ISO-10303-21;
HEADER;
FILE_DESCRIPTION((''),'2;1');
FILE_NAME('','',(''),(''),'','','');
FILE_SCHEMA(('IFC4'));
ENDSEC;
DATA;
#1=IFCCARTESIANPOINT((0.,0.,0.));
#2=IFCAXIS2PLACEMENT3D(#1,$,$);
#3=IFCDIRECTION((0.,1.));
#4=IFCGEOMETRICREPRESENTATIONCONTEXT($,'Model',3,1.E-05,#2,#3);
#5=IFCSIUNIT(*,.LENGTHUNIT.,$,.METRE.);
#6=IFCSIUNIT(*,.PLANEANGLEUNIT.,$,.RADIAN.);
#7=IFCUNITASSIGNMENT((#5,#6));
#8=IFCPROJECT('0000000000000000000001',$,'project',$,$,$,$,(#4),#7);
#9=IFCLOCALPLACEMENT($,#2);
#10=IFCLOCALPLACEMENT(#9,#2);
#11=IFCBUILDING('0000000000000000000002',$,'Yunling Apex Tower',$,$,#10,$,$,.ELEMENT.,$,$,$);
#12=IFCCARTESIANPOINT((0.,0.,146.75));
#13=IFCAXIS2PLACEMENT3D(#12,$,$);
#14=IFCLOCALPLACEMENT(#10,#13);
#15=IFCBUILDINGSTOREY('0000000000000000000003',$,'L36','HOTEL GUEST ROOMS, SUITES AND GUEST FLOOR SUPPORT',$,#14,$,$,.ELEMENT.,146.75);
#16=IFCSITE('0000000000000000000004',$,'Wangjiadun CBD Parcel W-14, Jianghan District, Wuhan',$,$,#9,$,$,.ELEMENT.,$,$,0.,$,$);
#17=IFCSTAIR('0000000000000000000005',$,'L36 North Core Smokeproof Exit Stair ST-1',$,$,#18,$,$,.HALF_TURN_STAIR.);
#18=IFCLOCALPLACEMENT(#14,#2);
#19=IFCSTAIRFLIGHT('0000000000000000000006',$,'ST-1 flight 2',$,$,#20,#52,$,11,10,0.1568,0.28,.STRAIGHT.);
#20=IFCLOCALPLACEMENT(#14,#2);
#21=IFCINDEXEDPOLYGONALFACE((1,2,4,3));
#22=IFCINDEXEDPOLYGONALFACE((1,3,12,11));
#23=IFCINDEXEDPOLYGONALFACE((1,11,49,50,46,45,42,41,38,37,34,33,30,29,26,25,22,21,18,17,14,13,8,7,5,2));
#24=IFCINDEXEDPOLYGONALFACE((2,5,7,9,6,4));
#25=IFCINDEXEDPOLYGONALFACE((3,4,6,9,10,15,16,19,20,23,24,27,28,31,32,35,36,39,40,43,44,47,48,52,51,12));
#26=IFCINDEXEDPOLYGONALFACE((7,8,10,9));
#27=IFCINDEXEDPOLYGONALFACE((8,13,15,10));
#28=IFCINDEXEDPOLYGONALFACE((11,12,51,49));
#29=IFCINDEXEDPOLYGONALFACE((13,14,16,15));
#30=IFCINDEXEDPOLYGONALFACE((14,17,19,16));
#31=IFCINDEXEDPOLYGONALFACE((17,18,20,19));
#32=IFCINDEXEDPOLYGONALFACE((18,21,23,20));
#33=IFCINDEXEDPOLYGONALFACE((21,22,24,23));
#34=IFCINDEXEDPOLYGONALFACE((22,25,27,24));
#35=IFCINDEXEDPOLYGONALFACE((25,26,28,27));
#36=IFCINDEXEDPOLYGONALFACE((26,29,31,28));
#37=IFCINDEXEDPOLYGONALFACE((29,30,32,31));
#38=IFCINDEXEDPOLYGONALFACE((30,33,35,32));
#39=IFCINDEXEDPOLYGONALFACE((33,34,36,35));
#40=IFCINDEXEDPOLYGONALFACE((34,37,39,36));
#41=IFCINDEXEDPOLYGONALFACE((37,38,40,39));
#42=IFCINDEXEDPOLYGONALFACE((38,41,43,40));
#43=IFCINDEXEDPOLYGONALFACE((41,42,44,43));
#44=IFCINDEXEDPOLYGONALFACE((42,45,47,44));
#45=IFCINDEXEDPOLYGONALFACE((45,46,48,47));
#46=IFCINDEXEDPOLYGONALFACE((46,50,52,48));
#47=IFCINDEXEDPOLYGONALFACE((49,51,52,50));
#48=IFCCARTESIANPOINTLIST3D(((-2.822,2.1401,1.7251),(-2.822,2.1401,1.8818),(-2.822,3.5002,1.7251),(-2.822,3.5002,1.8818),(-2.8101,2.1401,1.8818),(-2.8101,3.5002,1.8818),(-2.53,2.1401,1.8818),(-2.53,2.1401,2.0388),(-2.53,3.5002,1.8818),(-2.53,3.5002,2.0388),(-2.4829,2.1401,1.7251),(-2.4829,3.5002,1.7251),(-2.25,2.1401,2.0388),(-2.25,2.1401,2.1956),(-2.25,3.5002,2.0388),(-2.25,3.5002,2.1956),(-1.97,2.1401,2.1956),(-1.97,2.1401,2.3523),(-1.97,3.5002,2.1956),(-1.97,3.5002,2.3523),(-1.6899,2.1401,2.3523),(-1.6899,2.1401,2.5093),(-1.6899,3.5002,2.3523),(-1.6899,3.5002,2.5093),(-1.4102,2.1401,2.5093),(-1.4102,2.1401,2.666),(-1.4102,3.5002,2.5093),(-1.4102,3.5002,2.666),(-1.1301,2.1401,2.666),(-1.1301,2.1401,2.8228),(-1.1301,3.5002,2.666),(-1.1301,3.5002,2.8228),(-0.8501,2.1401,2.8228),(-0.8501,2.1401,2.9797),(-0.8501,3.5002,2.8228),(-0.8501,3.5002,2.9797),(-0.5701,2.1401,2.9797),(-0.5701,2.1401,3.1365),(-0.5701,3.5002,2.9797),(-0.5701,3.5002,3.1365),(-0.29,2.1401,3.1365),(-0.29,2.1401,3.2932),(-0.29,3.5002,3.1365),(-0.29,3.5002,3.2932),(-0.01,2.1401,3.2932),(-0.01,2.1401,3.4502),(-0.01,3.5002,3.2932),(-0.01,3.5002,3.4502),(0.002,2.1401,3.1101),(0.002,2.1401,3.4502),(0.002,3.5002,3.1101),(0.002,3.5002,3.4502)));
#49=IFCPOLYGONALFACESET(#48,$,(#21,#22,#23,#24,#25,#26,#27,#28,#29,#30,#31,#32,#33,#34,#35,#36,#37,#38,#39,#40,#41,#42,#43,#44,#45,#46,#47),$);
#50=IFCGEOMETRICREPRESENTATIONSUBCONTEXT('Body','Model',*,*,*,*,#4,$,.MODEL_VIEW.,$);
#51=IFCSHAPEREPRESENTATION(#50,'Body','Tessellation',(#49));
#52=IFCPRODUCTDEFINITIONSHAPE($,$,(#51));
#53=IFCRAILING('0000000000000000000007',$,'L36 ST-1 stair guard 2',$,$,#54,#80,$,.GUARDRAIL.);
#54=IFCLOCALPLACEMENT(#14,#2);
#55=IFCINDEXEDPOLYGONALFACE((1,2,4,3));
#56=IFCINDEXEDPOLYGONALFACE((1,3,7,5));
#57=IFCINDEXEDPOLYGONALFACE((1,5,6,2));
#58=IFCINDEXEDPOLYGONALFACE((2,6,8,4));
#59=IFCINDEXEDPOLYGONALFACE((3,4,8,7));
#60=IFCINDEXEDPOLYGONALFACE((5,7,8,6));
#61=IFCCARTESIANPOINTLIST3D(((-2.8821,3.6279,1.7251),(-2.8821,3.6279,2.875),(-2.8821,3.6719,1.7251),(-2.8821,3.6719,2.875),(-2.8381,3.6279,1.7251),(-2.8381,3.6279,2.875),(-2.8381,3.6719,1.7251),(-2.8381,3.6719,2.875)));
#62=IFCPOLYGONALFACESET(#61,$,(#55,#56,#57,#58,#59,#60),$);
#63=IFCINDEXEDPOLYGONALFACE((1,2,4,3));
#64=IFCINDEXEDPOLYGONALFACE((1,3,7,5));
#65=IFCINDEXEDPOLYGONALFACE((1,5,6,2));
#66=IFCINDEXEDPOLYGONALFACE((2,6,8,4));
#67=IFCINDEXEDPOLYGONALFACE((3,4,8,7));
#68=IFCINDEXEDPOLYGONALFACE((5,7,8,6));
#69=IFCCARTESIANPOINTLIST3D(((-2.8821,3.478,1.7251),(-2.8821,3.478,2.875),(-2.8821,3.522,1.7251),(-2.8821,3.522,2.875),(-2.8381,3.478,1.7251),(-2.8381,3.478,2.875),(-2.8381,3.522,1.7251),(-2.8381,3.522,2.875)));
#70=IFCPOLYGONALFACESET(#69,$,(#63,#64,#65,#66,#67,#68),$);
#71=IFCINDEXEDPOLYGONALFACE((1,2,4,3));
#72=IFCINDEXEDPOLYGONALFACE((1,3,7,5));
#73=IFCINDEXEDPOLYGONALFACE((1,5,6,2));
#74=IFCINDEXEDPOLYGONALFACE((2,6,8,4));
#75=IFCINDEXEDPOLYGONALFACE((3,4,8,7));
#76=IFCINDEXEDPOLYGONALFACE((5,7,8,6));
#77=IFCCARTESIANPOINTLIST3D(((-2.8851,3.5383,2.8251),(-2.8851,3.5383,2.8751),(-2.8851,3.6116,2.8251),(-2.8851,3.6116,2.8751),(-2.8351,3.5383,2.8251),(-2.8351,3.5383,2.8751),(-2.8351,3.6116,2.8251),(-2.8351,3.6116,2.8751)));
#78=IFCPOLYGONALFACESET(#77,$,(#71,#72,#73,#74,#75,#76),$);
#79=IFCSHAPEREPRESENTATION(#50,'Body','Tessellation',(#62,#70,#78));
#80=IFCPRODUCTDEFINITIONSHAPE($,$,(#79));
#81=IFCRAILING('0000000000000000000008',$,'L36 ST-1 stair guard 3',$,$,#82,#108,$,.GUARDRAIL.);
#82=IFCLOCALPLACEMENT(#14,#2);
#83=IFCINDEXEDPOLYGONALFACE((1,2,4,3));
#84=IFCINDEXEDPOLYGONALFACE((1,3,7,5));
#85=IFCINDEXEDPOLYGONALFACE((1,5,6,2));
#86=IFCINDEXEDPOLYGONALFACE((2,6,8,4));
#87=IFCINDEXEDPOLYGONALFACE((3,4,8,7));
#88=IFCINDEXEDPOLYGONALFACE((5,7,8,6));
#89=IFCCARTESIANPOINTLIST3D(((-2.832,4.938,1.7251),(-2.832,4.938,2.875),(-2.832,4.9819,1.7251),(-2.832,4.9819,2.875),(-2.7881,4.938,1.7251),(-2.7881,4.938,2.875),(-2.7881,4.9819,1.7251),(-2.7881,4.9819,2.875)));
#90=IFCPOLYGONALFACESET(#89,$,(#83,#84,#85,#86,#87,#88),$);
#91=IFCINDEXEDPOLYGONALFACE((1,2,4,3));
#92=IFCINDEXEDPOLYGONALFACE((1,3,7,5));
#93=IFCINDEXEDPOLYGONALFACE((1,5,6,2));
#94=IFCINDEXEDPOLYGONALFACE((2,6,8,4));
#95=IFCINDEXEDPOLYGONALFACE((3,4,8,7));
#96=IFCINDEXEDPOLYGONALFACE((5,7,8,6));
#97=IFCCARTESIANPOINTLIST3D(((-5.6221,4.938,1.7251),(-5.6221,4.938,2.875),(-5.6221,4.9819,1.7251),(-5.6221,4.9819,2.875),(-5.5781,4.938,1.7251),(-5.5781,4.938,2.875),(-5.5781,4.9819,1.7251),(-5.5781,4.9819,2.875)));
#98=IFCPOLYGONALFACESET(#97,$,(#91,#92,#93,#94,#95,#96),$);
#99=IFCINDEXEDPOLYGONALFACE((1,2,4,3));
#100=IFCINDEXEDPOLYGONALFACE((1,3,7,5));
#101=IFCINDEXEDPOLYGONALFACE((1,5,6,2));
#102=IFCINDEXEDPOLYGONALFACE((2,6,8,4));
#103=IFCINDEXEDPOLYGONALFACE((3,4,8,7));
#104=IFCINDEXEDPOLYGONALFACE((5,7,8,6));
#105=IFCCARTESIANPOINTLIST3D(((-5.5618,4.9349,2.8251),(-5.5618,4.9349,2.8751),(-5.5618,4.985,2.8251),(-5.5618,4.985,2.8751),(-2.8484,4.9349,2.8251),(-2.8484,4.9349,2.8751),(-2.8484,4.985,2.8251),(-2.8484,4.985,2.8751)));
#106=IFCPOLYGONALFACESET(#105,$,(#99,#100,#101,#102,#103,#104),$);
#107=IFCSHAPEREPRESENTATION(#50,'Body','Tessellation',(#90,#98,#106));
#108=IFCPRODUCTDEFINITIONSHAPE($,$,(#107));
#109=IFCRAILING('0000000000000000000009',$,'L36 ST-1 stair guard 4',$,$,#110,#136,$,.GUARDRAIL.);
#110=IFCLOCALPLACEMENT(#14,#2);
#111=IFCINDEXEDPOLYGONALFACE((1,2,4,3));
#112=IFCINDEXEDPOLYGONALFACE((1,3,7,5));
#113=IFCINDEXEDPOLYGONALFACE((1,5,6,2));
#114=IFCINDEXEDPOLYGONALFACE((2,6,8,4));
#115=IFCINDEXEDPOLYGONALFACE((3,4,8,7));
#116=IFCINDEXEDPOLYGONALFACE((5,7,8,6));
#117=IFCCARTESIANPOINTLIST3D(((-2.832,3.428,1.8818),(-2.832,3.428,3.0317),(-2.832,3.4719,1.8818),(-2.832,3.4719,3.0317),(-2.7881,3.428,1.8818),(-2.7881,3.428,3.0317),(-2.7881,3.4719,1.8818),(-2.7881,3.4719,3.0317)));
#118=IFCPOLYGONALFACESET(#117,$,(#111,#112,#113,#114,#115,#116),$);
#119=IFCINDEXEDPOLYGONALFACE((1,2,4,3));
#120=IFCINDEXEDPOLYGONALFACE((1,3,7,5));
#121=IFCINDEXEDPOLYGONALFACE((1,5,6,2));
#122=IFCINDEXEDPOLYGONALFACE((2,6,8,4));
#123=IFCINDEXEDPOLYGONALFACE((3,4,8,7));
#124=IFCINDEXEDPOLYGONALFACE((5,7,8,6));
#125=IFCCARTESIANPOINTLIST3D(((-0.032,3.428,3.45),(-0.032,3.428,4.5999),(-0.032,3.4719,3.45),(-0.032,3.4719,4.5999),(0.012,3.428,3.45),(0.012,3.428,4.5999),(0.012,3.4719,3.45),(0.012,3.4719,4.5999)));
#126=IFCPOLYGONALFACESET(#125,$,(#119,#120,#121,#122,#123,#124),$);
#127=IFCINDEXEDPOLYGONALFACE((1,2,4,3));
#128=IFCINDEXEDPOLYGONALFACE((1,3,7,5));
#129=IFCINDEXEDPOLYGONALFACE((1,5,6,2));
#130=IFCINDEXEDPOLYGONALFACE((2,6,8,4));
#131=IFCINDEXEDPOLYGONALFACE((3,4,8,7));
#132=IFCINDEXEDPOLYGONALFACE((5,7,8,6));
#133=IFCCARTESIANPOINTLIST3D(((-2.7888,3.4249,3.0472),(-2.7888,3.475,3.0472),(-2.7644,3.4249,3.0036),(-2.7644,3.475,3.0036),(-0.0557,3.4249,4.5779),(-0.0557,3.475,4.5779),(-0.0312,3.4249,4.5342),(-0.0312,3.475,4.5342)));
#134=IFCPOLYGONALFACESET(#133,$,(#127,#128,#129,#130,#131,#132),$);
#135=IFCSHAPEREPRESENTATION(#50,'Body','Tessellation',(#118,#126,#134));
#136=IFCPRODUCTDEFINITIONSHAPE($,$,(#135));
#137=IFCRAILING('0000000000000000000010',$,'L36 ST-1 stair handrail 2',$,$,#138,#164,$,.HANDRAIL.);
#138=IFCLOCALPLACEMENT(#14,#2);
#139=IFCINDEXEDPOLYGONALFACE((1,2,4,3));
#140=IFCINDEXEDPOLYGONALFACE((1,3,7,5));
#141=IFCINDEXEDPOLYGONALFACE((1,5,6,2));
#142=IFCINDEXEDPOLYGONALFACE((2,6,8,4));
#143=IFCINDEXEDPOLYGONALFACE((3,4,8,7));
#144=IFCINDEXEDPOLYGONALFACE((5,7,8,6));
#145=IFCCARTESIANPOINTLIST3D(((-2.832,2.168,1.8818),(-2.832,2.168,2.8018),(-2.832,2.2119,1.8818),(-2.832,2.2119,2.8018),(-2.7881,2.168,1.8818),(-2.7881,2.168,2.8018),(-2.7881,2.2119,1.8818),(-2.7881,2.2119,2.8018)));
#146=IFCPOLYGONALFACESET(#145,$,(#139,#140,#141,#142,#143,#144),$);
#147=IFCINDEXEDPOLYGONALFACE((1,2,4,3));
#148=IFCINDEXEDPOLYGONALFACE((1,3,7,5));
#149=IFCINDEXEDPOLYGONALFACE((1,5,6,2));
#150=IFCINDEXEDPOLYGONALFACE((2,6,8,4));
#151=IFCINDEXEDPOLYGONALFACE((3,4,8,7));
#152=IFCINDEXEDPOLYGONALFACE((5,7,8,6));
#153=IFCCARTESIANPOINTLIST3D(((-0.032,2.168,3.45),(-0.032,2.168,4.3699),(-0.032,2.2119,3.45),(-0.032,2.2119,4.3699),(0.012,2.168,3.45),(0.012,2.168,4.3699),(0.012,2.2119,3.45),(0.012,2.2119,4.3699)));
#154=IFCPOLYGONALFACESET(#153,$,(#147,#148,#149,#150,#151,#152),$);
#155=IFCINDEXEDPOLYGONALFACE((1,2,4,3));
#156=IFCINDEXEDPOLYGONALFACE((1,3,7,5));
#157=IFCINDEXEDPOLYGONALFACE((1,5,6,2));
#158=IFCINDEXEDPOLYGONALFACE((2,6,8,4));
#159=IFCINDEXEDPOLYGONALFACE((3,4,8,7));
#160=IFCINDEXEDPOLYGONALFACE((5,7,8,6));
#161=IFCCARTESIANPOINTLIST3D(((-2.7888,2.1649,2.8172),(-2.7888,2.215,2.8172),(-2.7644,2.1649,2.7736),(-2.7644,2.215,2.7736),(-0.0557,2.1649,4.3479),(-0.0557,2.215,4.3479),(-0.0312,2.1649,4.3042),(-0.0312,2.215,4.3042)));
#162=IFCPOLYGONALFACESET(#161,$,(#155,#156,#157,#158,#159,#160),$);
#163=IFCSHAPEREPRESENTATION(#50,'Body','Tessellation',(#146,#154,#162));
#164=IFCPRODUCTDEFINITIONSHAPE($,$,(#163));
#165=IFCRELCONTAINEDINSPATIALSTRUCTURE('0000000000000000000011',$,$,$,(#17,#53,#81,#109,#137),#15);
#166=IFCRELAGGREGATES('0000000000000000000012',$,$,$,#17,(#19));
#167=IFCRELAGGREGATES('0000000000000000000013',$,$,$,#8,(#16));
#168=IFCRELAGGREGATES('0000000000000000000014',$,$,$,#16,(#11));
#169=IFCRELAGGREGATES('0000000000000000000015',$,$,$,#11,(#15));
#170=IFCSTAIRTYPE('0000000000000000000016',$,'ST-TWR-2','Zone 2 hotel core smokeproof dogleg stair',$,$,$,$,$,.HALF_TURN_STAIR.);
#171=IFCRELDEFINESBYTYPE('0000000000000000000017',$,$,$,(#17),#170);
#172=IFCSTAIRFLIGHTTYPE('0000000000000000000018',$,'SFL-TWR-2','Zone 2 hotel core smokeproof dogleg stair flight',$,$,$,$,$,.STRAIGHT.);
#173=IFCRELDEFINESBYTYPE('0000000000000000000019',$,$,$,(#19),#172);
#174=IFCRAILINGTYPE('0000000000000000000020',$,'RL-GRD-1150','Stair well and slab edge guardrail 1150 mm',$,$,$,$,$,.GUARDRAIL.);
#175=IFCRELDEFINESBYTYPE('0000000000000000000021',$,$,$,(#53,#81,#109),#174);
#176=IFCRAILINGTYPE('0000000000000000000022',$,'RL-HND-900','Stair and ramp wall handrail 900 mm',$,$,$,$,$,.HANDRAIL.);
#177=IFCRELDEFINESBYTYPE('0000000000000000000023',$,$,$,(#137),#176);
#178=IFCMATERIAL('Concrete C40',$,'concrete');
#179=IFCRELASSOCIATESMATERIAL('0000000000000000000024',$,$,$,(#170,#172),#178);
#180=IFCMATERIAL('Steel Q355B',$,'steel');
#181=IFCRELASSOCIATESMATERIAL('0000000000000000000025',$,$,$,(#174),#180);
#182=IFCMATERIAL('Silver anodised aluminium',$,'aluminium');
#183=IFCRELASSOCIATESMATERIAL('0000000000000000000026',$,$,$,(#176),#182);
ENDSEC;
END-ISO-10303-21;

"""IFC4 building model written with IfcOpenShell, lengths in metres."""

from ifc_helpers import new_model, si_unit, direction, frame, origin, origin_2d, place, context, subcontext, project, spatial, polyline, rectangle, outline, extrude, material, type_object, element, aggregate, save


model = new_model("IFC4")

# Units and contexts
model_context = context("Model", 3, precision=1e-05, world=origin(), true_north=direction((0.0, 1.0)))
body_context = subcontext(model_context, "Body", "Model", "MODEL_VIEW")
ifc_project = project(units=[si_unit("LENGTHUNIT", "METRE"), si_unit("PLANEANGLEUNIT", "RADIAN")], contexts=[model_context])

# Site, building, storey
site_placement = place(None, origin())
site = spatial("IfcSite", under=ifc_project, at=site_placement, Name="Wangjiadun CBD Parcel W-14, Jianghan District, Wuhan", CompositionType="ELEMENT", RefElevation=0.0)
building_placement = place(site_placement, origin())
building = spatial("IfcBuilding", under=site, at=building_placement, Name="Yunling Apex Tower", CompositionType="ELEMENT")
storey_placement = place(building_placement, frame((0.0, 0.0, 146.75)))
storey = spatial("IfcBuildingStorey", under=building, at=storey_placement, Name="L36", Description="HOTEL GUEST ROOMS, SUITES AND GUEST FLOOR SUPPORT", CompositionType="ELEMENT", Elevation=146.75)

# Shared definitions
ifc_material_1 = material(Name="Steel Q355B", Category="steel")

# Shared definitions
ifc_material_2 = material(Name="Concrete C40", Category="concrete")

# Shared definitions
ifc_material_3 = material(Name="Silver anodised aluminium", Category="aluminium")

# Stair, stair flight
stair_type = type_object("IfcStairType", Name="ST-TWR-2", Description="Zone 2 hotel core smokeproof dogleg stair", PredefinedType="HALF_TURN_STAIR", material=ifc_material_2)
stair_placement = place(storey_placement, origin())
stair = element("IfcStair", 1, at=stair_placement, inside=storey, type_object=stair_type, Name="L36 North Core Smokeproof Exit Stair ST-1", PredefinedType="HALF_TURN_STAIR")
stair_flight_type = type_object("IfcStairFlightType", Name="SFL-TWR-2", Description="Zone 2 hotel core smokeproof dogleg stair flight", PredefinedType="STRAIGHT", material=ifc_material_2)
stair_flight_placement = place(storey_placement, frame((-2.8101, 2.8201, 1.7251), z_axis=(0.0, 0.0, 1.0), x_axis=(1.0, 0.0, 0.0)))
stair_flight = element("IfcStairFlight", 2, at=stair_flight_placement, type_object=stair_flight_type, Name="ST-1 flight 2", NumberOfRisers=11, NumberOfTreads=10, PredefinedType="STRAIGHT", RiserHeight=0.1568, TreadLength=0.28, context=body_context, shape_type="SweptSolid", body=[
    extrude(outline(polyline([(-0.012, 0.0), (-0.012, 0.1567), (0.0, 0.1567), (0.28, 0.1567), (0.28, 0.3137), (0.5601, 0.3137), (0.5601, 0.4705), (0.8401, 0.4705), (0.8401, 0.6272), (1.1201, 0.6272), (1.1201, 0.7842), (1.3999, 0.7842), (1.3999, 0.9409), (1.6799, 0.9409), (1.6799, 1.0977), (1.96, 1.0977), (1.96, 1.2546), (2.24, 1.2546), (2.24, 1.4114), (2.52, 1.4114), (2.52, 1.5681), (2.8, 1.5681), (2.8, 1.7251), (2.812, 1.7251), (2.812, 1.385), (0.3271, 0.0), (-0.012, 0.0)])), frame((0.0, 0.6802, 0.0), z_axis=(0.0, -1.0, 0.0), x_axis=(1.0, 0.0, 0.0)), (0.0, 0.0, 1.0), 1.3601),
])
aggregate(stair, [stair_flight])

# Railings
railing_type_1 = type_object("IfcRailingType", Name="RL-GRD-1150", Description="Stair well and slab edge guardrail 1150 mm", PredefinedType="GUARDRAIL", material=ifc_material_1)
railing_1_placement = place(storey_placement, frame((-2.8601, 3.6499, 1.7251)))
element("IfcRailing", 3, at=railing_1_placement, inside=storey, type_object=railing_type_1, Name="L36 ST-1 stair guard 2", PredefinedType="GUARDRAIL", context=body_context, shape_type="SweptSolid", body=[
    extrude(rectangle(XDim=0.0439, YDim=0.0439, at=origin_2d()), origin(), (0.0, 0.0, 1.0), 1.1499),
    extrude(rectangle(XDim=0.0439, YDim=0.0439, at=origin_2d()), frame((0.0, -0.1499, 0.0)), (0.0, 0.0, 1.0), 1.1499),
    extrude(rectangle(XDim=0.05, YDim=0.05, at=origin_2d()), frame((0.0, -0.0383, 1.125), z_axis=(0.0, -1.0, 0.0), x_axis=(1.0, 0.0, 0.0)), (0.0, 0.0, 1.0), 0.0732),
])
railing_2_placement = place(storey_placement, frame((-2.8101, 4.96, 1.7251)))
element("IfcRailing", 4, at=railing_2_placement, inside=storey, type_object=railing_type_1, Name="L36 ST-1 stair guard 3", PredefinedType="GUARDRAIL", context=body_context, shape_type="SweptSolid", body=[
    extrude(rectangle(XDim=0.0439, YDim=0.0439, at=origin_2d()), origin(), (0.0, 0.0, 1.0), 1.1499),
    extrude(rectangle(XDim=0.0439, YDim=0.0439, at=origin_2d()), frame((-2.79, 0.0, 0.0)), (0.0, 0.0, 1.0), 1.1499),
    extrude(rectangle(XDim=0.05, YDim=0.05, at=origin_2d()), frame((-0.0383, 0.0, 1.125), z_axis=(-1.0, 0.0, 0.0), x_axis=(0.0, -1.0, 0.0)), (0.0, 0.0, 1.0), 2.7134),
])
railing_3_placement = place(storey_placement, frame((-2.8101, 3.45, 1.8818)))
element("IfcRailing", 5, at=railing_3_placement, inside=storey, type_object=railing_type_1, Name="L36 ST-1 stair guard 4", PredefinedType="GUARDRAIL", context=body_context, shape_type="SweptSolid", body=[
    extrude(rectangle(XDim=0.0439, YDim=0.0439, at=origin_2d()), origin(), (0.0, 0.0, 1.0), 1.1499),
    extrude(rectangle(XDim=0.0439, YDim=0.0439, at=origin_2d()), frame((2.8, 0.0, 1.5681)), (0.0, 0.0, 1.0), 1.1499),
    extrude(rectangle(XDim=0.05, YDim=0.05, at=origin_2d()), frame((0.0334, 0.0, 1.1436), z_axis=(0.872494, 0.0, 0.488624), x_axis=(0.0, 1.0, 0.0)), (0.0, 0.0, 1.0), 3.1326),
])
railing_type_2 = type_object("IfcRailingType", Name="RL-HND-900", Description="Stair and ramp wall handrail 900 mm", PredefinedType="HANDRAIL", material=ifc_material_3)
railing_4_placement = place(storey_placement, frame((-2.8101, 2.1899, 1.8818)))
element("IfcRailing", 6, at=railing_4_placement, inside=storey, type_object=railing_type_2, Name="L36 ST-1 stair handrail 2", PredefinedType="HANDRAIL", context=body_context, shape_type="SweptSolid", body=[
    extrude(rectangle(XDim=0.0439, YDim=0.0439, at=origin_2d()), origin(), (0.0, 0.0, 1.0), 0.9199),
    extrude(rectangle(XDim=0.0439, YDim=0.0439, at=origin_2d()), frame((2.8, 0.0, 1.5681)), (0.0, 0.0, 1.0), 0.9199),
    extrude(rectangle(XDim=0.05, YDim=0.05, at=origin_2d()), frame((0.0334, 0.0, 0.9136), z_axis=(0.872494, 0.0, 0.488624), x_axis=(0.0, 1.0, 0.0)), (0.0, 0.0, 1.0), 3.1326),
])

save(model, "model.ifc")
